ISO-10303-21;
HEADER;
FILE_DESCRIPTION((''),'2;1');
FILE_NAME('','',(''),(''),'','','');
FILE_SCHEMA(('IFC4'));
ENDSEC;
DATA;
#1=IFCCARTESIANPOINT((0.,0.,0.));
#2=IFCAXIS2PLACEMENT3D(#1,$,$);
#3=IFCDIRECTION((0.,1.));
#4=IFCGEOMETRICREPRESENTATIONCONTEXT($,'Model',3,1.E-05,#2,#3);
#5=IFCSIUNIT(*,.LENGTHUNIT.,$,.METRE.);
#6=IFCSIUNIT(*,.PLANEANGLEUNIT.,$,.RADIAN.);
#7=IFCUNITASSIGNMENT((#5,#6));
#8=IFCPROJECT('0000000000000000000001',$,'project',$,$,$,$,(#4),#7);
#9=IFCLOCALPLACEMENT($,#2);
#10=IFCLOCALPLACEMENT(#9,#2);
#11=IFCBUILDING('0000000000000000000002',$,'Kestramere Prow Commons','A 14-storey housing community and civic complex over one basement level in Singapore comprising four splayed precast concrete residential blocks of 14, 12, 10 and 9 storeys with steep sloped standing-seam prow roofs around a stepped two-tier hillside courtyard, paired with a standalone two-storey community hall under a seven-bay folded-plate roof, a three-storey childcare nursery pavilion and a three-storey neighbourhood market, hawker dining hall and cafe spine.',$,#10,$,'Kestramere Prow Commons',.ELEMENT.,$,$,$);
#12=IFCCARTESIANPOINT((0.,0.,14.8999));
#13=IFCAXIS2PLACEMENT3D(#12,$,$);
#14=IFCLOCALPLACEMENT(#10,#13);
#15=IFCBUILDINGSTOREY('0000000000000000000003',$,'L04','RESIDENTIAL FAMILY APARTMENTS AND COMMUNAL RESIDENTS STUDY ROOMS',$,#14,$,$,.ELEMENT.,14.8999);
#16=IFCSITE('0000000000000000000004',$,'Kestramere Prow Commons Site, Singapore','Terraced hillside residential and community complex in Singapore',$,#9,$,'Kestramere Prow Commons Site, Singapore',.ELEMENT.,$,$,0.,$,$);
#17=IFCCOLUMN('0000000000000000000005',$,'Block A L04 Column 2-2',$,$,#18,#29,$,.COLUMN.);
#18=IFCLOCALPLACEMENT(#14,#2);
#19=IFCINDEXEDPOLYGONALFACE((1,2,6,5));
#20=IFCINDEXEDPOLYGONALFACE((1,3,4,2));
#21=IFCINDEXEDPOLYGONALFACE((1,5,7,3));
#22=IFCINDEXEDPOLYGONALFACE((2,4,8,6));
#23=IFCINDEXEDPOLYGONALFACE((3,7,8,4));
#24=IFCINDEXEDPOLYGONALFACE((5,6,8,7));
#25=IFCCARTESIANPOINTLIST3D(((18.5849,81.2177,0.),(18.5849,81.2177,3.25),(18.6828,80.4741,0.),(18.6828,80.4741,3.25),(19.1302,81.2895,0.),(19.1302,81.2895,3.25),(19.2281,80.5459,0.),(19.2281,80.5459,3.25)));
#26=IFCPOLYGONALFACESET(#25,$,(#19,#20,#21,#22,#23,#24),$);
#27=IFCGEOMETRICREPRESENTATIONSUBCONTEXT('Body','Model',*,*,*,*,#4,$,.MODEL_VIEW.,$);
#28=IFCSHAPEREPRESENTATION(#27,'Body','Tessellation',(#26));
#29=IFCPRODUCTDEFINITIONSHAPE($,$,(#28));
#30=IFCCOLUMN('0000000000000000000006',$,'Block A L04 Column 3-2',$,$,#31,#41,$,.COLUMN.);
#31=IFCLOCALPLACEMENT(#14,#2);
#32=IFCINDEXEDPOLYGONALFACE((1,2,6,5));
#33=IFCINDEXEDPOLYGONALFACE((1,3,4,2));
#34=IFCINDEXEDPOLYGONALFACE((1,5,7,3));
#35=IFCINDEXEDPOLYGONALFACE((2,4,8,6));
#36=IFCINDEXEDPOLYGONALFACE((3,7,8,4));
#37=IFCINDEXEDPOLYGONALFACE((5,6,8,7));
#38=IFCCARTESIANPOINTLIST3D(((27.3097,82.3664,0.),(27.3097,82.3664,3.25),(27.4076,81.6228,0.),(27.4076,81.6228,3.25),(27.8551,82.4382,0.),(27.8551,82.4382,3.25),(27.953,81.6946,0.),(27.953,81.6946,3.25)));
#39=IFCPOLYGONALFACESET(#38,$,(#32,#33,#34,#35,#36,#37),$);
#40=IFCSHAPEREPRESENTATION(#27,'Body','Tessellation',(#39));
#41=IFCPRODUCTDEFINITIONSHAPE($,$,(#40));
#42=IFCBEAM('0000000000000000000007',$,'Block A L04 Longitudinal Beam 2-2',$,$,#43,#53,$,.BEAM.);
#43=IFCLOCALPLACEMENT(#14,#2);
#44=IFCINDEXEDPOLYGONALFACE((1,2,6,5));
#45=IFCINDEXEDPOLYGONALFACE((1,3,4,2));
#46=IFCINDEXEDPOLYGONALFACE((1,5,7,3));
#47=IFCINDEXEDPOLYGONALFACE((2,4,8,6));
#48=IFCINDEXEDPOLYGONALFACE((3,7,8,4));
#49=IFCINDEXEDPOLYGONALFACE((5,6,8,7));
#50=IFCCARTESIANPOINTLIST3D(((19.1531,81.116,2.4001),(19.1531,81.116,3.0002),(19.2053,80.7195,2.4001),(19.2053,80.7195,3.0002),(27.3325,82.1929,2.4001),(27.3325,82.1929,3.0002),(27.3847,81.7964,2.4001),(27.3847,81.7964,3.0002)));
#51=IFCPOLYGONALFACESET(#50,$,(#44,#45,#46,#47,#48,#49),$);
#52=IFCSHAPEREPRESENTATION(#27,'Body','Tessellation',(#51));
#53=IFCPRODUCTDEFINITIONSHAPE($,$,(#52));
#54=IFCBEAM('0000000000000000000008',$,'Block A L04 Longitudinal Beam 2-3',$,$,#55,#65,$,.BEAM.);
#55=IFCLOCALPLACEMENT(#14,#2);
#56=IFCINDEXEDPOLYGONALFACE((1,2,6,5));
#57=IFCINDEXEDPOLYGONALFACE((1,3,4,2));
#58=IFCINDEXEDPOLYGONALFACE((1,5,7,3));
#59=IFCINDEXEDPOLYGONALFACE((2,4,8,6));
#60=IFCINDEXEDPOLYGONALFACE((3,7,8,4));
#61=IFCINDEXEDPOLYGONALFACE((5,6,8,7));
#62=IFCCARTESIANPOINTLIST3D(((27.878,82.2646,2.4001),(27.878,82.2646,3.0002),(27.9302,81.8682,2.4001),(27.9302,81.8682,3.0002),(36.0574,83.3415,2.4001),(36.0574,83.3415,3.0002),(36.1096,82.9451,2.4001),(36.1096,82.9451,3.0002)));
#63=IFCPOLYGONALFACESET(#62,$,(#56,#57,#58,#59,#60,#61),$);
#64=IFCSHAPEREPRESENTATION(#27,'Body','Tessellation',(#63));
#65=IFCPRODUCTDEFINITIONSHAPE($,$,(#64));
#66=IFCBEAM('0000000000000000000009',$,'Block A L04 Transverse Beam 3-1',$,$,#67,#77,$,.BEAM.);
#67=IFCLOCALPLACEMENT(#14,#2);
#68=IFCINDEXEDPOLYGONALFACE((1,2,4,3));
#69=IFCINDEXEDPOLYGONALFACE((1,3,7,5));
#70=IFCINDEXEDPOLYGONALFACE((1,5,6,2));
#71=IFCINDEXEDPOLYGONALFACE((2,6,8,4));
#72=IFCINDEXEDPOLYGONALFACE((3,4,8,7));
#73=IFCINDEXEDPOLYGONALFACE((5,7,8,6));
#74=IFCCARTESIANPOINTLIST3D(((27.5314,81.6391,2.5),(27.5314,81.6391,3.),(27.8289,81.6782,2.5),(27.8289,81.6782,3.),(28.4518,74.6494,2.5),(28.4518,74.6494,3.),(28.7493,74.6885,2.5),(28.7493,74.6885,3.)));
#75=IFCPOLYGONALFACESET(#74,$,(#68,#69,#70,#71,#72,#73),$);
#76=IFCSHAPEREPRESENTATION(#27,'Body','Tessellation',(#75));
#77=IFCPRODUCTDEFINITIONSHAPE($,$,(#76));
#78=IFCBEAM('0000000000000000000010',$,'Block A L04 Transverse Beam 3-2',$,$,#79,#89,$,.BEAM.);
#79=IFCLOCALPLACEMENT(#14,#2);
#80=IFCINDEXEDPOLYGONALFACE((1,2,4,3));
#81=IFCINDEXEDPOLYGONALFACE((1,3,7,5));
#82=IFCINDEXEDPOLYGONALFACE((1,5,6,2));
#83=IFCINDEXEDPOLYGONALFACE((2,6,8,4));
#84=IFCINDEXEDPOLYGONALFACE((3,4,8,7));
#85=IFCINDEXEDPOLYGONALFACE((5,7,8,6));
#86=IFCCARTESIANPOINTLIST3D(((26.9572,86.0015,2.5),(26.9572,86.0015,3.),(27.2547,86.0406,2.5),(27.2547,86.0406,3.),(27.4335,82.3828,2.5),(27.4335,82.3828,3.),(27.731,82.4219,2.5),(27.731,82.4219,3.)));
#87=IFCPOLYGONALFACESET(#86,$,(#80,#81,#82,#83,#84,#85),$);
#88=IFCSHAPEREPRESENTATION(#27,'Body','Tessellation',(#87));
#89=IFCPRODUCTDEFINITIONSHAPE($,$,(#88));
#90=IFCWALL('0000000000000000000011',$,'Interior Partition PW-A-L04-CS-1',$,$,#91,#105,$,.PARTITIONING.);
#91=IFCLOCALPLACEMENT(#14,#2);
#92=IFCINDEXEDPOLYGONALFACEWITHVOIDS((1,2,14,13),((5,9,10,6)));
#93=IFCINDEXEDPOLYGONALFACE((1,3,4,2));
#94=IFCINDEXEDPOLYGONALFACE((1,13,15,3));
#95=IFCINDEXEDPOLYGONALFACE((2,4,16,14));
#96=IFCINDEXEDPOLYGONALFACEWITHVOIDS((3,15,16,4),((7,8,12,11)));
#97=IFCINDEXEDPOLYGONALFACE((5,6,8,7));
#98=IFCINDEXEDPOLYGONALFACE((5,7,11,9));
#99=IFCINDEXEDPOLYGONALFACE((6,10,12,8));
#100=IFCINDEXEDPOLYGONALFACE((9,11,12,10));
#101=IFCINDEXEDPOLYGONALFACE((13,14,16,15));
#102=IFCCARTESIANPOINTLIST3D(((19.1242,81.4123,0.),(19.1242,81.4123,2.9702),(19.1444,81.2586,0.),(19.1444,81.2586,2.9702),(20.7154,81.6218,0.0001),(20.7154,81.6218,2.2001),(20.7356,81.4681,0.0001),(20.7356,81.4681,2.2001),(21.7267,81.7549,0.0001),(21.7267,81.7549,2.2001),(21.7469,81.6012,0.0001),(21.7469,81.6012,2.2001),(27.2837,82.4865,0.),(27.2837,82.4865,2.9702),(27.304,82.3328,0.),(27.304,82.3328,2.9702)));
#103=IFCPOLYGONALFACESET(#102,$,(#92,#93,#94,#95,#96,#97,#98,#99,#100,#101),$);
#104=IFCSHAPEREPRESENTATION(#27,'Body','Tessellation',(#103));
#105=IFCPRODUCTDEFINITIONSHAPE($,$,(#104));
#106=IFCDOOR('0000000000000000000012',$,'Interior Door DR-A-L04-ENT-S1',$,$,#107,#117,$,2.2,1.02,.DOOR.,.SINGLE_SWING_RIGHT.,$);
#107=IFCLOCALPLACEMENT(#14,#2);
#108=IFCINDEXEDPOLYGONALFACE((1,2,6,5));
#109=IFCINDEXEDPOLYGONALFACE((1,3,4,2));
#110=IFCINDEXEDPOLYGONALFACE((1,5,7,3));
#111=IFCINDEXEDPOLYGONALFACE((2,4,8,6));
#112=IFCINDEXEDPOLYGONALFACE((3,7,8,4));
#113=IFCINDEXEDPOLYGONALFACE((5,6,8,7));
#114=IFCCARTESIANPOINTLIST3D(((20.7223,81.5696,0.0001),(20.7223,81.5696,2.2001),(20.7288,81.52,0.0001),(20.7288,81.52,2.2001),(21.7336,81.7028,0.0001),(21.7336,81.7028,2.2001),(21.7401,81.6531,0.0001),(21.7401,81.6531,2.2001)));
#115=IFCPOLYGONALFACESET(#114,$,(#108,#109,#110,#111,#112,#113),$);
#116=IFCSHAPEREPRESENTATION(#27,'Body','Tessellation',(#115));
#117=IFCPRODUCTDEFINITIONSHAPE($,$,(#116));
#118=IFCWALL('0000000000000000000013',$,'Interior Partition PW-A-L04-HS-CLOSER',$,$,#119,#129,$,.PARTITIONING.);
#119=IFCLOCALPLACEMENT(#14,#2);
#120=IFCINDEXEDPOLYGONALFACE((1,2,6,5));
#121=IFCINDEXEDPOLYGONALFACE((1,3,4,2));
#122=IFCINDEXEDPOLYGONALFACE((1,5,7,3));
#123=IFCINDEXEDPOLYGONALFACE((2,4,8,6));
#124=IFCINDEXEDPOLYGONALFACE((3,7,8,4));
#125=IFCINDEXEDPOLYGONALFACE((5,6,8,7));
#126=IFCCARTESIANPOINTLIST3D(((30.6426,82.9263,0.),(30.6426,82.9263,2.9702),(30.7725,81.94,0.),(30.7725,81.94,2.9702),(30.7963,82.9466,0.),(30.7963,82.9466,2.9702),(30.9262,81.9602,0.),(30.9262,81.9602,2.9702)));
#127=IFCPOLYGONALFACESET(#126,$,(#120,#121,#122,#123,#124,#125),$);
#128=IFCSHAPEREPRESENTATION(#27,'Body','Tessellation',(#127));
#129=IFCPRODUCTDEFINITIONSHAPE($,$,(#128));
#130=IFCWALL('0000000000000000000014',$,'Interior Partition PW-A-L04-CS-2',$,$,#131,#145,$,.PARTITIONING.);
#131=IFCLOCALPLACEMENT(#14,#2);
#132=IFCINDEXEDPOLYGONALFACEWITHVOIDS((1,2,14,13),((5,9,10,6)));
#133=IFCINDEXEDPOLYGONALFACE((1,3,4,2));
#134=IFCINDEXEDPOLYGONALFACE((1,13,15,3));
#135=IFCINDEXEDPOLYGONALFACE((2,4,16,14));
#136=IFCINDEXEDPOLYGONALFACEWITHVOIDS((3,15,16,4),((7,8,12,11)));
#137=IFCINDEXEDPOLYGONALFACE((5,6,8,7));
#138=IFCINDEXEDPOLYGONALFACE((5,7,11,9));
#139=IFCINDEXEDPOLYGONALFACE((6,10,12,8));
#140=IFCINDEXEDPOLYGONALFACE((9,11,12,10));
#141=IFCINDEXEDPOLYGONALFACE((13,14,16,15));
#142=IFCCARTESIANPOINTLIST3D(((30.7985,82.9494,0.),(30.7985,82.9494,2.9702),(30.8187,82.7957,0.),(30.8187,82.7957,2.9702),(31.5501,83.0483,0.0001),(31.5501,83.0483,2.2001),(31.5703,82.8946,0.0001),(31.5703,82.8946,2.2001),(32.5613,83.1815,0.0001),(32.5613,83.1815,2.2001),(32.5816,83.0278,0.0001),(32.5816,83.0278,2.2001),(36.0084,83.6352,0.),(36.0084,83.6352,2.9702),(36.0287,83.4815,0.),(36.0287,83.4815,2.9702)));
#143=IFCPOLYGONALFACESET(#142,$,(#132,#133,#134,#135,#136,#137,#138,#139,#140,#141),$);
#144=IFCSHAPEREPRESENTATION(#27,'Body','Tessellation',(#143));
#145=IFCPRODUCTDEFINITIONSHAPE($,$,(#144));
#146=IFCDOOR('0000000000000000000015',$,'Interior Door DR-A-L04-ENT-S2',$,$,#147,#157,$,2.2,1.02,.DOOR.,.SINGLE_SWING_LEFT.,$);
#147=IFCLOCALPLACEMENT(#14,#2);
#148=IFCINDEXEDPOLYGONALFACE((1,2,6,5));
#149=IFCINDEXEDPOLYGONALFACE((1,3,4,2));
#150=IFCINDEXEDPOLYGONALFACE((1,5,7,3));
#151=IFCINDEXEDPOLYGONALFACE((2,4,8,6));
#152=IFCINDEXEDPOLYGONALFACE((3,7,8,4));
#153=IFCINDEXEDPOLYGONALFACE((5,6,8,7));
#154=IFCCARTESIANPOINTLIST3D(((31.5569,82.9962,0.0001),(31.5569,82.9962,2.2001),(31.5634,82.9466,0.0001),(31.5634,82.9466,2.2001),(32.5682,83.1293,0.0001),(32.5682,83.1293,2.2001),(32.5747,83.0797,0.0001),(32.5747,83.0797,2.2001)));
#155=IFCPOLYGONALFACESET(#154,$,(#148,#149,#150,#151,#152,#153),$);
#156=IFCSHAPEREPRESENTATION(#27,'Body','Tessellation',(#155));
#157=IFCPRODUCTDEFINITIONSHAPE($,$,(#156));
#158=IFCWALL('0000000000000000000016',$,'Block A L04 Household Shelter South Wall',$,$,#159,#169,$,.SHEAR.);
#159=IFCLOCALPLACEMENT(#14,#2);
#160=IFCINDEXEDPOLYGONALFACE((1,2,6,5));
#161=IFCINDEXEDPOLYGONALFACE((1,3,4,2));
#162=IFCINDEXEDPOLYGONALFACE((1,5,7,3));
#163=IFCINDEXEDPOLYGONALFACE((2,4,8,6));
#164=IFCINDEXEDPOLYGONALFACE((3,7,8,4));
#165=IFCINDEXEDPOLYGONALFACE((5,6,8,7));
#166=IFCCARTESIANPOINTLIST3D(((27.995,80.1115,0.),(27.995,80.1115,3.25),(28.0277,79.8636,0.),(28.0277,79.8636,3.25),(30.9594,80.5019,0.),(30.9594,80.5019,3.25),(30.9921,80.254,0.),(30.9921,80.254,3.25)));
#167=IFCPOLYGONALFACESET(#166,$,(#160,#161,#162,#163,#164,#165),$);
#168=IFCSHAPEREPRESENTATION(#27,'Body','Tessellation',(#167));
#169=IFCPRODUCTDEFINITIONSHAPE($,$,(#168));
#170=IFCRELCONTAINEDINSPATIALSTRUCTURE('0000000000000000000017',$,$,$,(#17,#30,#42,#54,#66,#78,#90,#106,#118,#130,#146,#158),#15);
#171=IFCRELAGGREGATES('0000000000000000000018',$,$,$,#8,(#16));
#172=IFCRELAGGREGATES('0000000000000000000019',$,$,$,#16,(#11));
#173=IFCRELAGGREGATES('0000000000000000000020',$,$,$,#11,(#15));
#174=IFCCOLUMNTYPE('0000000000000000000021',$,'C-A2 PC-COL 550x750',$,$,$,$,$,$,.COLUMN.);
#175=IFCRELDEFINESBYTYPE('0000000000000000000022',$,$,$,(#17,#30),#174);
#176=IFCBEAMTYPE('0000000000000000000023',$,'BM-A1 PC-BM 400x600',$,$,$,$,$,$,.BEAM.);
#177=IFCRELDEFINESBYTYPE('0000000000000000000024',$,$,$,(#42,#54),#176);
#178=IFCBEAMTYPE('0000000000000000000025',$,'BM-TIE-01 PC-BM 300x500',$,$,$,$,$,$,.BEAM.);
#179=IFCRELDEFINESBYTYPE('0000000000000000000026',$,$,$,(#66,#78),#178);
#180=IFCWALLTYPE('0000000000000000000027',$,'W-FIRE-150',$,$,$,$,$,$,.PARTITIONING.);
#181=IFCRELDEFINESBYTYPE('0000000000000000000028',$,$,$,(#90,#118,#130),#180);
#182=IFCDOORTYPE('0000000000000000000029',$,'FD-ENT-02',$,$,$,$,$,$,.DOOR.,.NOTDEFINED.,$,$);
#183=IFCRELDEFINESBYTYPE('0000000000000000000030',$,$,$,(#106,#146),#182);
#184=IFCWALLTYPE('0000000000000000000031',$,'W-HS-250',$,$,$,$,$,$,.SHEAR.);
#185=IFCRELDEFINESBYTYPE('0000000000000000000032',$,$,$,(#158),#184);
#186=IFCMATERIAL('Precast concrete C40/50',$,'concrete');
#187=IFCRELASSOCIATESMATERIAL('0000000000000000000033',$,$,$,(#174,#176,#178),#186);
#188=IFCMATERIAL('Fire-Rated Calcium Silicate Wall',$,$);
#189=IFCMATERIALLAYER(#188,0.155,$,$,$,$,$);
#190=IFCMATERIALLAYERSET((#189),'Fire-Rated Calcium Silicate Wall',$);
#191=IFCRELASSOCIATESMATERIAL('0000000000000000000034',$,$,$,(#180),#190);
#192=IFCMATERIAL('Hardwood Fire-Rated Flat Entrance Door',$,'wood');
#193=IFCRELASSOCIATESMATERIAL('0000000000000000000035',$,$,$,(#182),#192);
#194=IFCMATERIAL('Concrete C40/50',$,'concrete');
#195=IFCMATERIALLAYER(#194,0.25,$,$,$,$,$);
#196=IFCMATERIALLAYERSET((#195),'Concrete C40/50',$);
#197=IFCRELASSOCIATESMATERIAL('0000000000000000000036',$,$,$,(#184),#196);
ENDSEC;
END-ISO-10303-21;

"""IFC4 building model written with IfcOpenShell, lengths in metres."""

from ifc_helpers import new_model, si_unit, direction, frame, frame_2d, origin, origin_2d, place, context, subcontext, project, spatial, rectangle, extrude, material, layer, layer_set, material_profile, profile_set, type_object, element, fill, save


model = new_model("IFC4")

# Units and contexts
model_context = context("Model", 3, precision=1e-05, world=origin(), true_north=direction((0.0, 1.0)))
body_context = subcontext(model_context, "Body", "Model", "MODEL_VIEW")
ifc_project = project(units=[si_unit("LENGTHUNIT", "METRE"), si_unit("PLANEANGLEUNIT", "RADIAN")], contexts=[model_context])

# Site, building, storey
site_placement = place(None, origin())
site = spatial("IfcSite", under=ifc_project, at=site_placement, Name="Kestramere Prow Commons Site, Singapore", Description="Terraced hillside residential and community complex in Singapore", LongName="Kestramere Prow Commons Site, Singapore", CompositionType="ELEMENT", RefElevation=0.0)
building_placement = place(site_placement, origin())
building = spatial("IfcBuilding", under=site, at=building_placement, Name="Kestramere Prow Commons", Description="A 14-storey housing community and civic complex over one basement level in Singapore comprising four splayed precast concrete residential blocks of 14, 12, 10 and 9 storeys with steep sloped standing-seam prow roofs around a stepped two-tier hillside courtyard, paired with a standalone two-storey community hall under a seven-bay folded-plate roof, a three-storey childcare nursery pavilion and a three-storey neighbourhood market, hawker dining hall and cafe spine.", LongName="Kestramere Prow Commons", CompositionType="ELEMENT")
storey_placement = place(building_placement, frame((0.0, 0.0, 14.8999)))
storey = spatial("IfcBuildingStorey", under=building, at=storey_placement, Name="L04", Description="RESIDENTIAL FAMILY APARTMENTS AND COMMUNAL RESIDENTS STUDY ROOMS", CompositionType="ELEMENT", Elevation=14.8999)

# Columns
ifc_material_1 = material(Name="Precast concrete C40/50", Category="concrete")
ifc_material_profile_1 = material_profile(ifc_material_1, rectangle(XDim=0.55, YDim=0.75, at=origin_2d()), Name="PC-COL 550x750")
ifc_profile_set_1 = profile_set([ifc_material_profile_1], Name="Precast concrete C40/50")
column_type = type_object("IfcColumnType", Name="C-A2 PC-COL 550x750", PredefinedType="COLUMN", material=ifc_profile_set_1)
for number, where, z_axis, x_axis, name in (
    (1, (18.9065, 80.8818, 0.0), (0.0, 0.0, 1.0), (0.991445, 0.130526, 0.0), "Block A L04 Column 2-2"),
    (2, (27.6313, 82.0305, 0.0), (0.0, 0.0, 1.0), (0.991445, 0.130526, 0.0), "Block A L04 Column 3-2"),
):
    element("IfcColumn", number, at=place(storey_placement, frame(where, z_axis=z_axis, x_axis=x_axis)), inside=storey, type_object=column_type, Name=name, PredefinedType="COLUMN", context=body_context, shape_type="SweptSolid", body=[
        extrude(rectangle(XDim=0.55, YDim=0.75, at=origin_2d()), origin(), (0.0, 0.0, 1.0), 3.25),
    ])

# Beams
ifc_material_profile_2 = material_profile(ifc_material_1, rectangle(XDim=0.3999, YDim=0.6001, at=origin_2d()), Name="PC-BM 400x600")
ifc_profile_set_2 = profile_set([ifc_material_profile_2], Name="Precast concrete C40/50")
beam_type_1 = type_object("IfcBeamType", Name="BM-A1 PC-BM 400x600", PredefinedType="BEAM", material=ifc_profile_set_2)
for number, where, z_axis, x_axis, name in (
    (3, (19.1792, 80.9177, 2.7002), (0.991444, 0.130533, 0.0), (-0.130533, 0.991444, 0.0), "Block A L04 Longitudinal Beam 2-2"),
    (4, (27.9041, 82.0664, 2.7002), (0.991444, 0.130533, 0.0), (-0.130533, 0.991444, 0.0), "Block A L04 Longitudinal Beam 2-3"),
):
    element("IfcBeam", number, at=place(storey_placement, frame(where, z_axis=z_axis, x_axis=x_axis)), inside=storey, type_object=beam_type_1, Name=name, PredefinedType="BEAM", context=body_context, shape_type="SweptSolid", body=[
        extrude(rectangle(XDim=0.3999, YDim=0.6001, at=origin_2d()), origin(), (0.0, 0.0, 1.0), 8.25),
    ])
ifc_material_profile_3 = material_profile(ifc_material_1, rectangle(XDim=0.3, YDim=0.5, at=origin_2d()), Name="PC-BM 300x500")
ifc_profile_set_3 = profile_set([ifc_material_profile_3], Name="Precast concrete C40/50")
beam_type_2 = type_object("IfcBeamType", Name="BM-TIE-01 PC-BM 300x500", PredefinedType="BEAM", material=ifc_profile_set_3)
beam_1_placement = place(storey_placement, frame((28.6006, 74.6689, 2.75), z_axis=(-0.130553, 0.991441, 0.0), x_axis=(-0.991441, -0.130553, 0.0)))
element("IfcBeam", 5, at=beam_1_placement, inside=storey, type_object=beam_type_2, Name="Block A L04 Transverse Beam 3-1", PredefinedType="BEAM", context=body_context, shape_type="SweptSolid", body=[
    extrude(rectangle(XDim=0.3, YDim=0.5, at=origin_2d()), origin(), (0.0, 0.0, 1.0), 7.05),
])
beam_2_placement = place(storey_placement, frame((27.5823, 82.4023, 2.75), z_axis=(-0.130503, 0.991448, 0.0), x_axis=(-0.991448, -0.130503, 0.0)))
element("IfcBeam", 6, at=beam_2_placement, inside=storey, type_object=beam_type_2, Name="Block A L04 Transverse Beam 3-2", PredefinedType="BEAM", context=body_context, shape_type="SweptSolid", body=[
    extrude(rectangle(XDim=0.3, YDim=0.5, at=origin_2d()), origin(), (0.0, 0.0, 1.0), 3.6499),
])

# Wall, opening, door
ifc_material_2 = material(Name="Fire-Rated Calcium Silicate Wall")
ifc_layer_1 = layer(ifc_material_2, 0.155)
ifc_layer_set_1 = layer_set([ifc_layer_1], Name="Fire-Rated Calcium Silicate Wall")
wall_type_1 = type_object("IfcWallType", Name="W-FIRE-150", PredefinedType="PARTITIONING", material=ifc_layer_set_1)
wall_1_placement = place(storey_placement, frame((19.1343, 81.3354, 0.0), z_axis=(0.0, 0.0, 1.0), x_axis=(0.991445, 0.130524, 0.0)))
wall_1 = element("IfcWall", 7, at=wall_1_placement, inside=storey, type_object=wall_type_1, Name="Interior Partition PW-A-L04-CS-1", PredefinedType="PARTITIONING", context=body_context, shape_type="SweptSolid", body=[
    extrude(rectangle(XDim=8.23, YDim=0.155, at=frame_2d((4.115, 0.0))), origin(), (0.0, 0.0, 1.0), 2.9702),
])
opening_1_placement = place(wall_1_placement, frame((1.605, 0.0, 0.0)))
opening_1 = element("IfcOpeningElement", 8, at=opening_1_placement, cuts=wall_1, PredefinedType="OPENING", context=body_context, shape_type="SweptSolid", body=[
    extrude(rectangle(XDim=1.02, YDim=2.2, at=frame_2d((0.51, 1.1001))), frame((0.0, 0.0925, 0.0), z_axis=(0.0, -1.0, 0.0), x_axis=(1.0, 0.0, 0.0)), (0.0, 0.0, 1.0), 0.1851),
])
ifc_material_3 = material(Name="Hardwood Fire-Rated Flat Entrance Door", Category="wood")
door_type_1 = type_object("IfcDoorType", Name="FD-ENT-02", OperationType="NOTDEFINED", PredefinedType="DOOR", material=ifc_material_3)
door_1_placement = place(opening_1_placement, origin())
door_1 = element("IfcDoor", 9, at=door_1_placement, inside=storey, type_object=door_type_1, Name="Interior Door DR-A-L04-ENT-S1", OperationType="SINGLE_SWING_RIGHT", OverallHeight=2.2, OverallWidth=1.02, PredefinedType="DOOR", context=body_context, shape_type="SweptSolid", body=[
    extrude(rectangle(XDim=1.02, YDim=2.2, at=frame_2d((0.51, 1.1001))), frame((0.0, 0.0249, 0.0), z_axis=(0.0, -1.0, 0.0), x_axis=(1.0, 0.0, 0.0)), (0.0, 0.0, 1.0), 0.05),
])
fill(opening_1, door_1)

# Wall
wall_2_placement = place(storey_placement, frame((30.8494, 81.95, 0.0), z_axis=(0.0, 0.0, 1.0), x_axis=(-0.130556, 0.991441, 0.0)))
element("IfcWall", 10, at=wall_2_placement, inside=storey, type_object=wall_type_1, Name="Interior Partition PW-A-L04-HS-CLOSER", PredefinedType="PARTITIONING", context=body_context, shape_type="SweptSolid", body=[
    extrude(rectangle(XDim=0.9949, YDim=0.155, at=frame_2d((0.4976, 0.0))), origin(), (0.0, 0.0, 1.0), 2.9702),
])

# Wall, opening, door
wall_3_placement = place(storey_placement, frame((30.8086, 82.8726, 0.0), z_axis=(0.0, 0.0, 1.0), x_axis=(0.991448, 0.130505, 0.0)))
wall_3 = element("IfcWall", 11, at=wall_3_placement, inside=storey, type_object=wall_type_1, Name="Interior Partition PW-A-L04-CS-2", PredefinedType="PARTITIONING", context=body_context, shape_type="SweptSolid", body=[
    extrude(rectangle(XDim=5.2549, YDim=0.155, at=frame_2d((2.6274, 0.0))), origin(), (0.0, 0.0, 1.0), 2.9702),
])
opening_2_placement = place(wall_3_placement, frame((0.7581, 0.0, 0.0)))
opening_2 = element("IfcOpeningElement", 12, at=opening_2_placement, cuts=wall_3, PredefinedType="OPENING", context=body_context, shape_type="SweptSolid", body=[
    extrude(rectangle(XDim=1.02, YDim=2.2, at=frame_2d((0.51, 1.1001))), frame((0.0, 0.0925, 0.0), z_axis=(0.0, -1.0, 0.0), x_axis=(1.0, 0.0, 0.0)), (0.0, 0.0, 1.0), 0.1851),
])
door_2_placement = place(opening_2_placement, origin())
door_2 = element("IfcDoor", 13, at=door_2_placement, inside=storey, type_object=door_type_1, Name="Interior Door DR-A-L04-ENT-S2", OperationType="SINGLE_SWING_LEFT", OverallHeight=2.2, OverallWidth=1.02, PredefinedType="DOOR", context=body_context, shape_type="SweptSolid", body=[
    extrude(rectangle(XDim=1.02, YDim=2.2, at=frame_2d((0.51, 1.1001))), frame((0.0, 0.0249, 0.0), z_axis=(0.0, -1.0, 0.0), x_axis=(1.0, 0.0, 0.0)), (0.0, 0.0, 1.0), 0.05),
])
fill(opening_2, door_2)

# Wall
ifc_material_4 = material(Name="Concrete C40/50", Category="concrete")
ifc_layer_2 = layer(ifc_material_4, 0.25)
ifc_layer_set_2 = layer_set([ifc_layer_2], Name="Concrete C40/50")
wall_type_2 = type_object("IfcWallType", Name="W-HS-250", PredefinedType="SHEAR", material=ifc_layer_set_2)
wall_4_placement = place(storey_placement, frame((28.0112, 79.9875, 0.0), z_axis=(0.0, 0.0, 1.0), x_axis=(0.99144, 0.130564, 0.0)))
element("IfcWall", 14, at=wall_4_placement, inside=storey, type_object=wall_type_2, Name="Block A L04 Household Shelter South Wall", PredefinedType="SHEAR", context=body_context, shape_type="SweptSolid", body=[
    extrude(rectangle(XDim=2.99, YDim=0.25, at=frame_2d((1.4951, 0.0))), origin(), (0.0, 0.0, 1.0), 3.25),
])

save(model, "model.ifc")
